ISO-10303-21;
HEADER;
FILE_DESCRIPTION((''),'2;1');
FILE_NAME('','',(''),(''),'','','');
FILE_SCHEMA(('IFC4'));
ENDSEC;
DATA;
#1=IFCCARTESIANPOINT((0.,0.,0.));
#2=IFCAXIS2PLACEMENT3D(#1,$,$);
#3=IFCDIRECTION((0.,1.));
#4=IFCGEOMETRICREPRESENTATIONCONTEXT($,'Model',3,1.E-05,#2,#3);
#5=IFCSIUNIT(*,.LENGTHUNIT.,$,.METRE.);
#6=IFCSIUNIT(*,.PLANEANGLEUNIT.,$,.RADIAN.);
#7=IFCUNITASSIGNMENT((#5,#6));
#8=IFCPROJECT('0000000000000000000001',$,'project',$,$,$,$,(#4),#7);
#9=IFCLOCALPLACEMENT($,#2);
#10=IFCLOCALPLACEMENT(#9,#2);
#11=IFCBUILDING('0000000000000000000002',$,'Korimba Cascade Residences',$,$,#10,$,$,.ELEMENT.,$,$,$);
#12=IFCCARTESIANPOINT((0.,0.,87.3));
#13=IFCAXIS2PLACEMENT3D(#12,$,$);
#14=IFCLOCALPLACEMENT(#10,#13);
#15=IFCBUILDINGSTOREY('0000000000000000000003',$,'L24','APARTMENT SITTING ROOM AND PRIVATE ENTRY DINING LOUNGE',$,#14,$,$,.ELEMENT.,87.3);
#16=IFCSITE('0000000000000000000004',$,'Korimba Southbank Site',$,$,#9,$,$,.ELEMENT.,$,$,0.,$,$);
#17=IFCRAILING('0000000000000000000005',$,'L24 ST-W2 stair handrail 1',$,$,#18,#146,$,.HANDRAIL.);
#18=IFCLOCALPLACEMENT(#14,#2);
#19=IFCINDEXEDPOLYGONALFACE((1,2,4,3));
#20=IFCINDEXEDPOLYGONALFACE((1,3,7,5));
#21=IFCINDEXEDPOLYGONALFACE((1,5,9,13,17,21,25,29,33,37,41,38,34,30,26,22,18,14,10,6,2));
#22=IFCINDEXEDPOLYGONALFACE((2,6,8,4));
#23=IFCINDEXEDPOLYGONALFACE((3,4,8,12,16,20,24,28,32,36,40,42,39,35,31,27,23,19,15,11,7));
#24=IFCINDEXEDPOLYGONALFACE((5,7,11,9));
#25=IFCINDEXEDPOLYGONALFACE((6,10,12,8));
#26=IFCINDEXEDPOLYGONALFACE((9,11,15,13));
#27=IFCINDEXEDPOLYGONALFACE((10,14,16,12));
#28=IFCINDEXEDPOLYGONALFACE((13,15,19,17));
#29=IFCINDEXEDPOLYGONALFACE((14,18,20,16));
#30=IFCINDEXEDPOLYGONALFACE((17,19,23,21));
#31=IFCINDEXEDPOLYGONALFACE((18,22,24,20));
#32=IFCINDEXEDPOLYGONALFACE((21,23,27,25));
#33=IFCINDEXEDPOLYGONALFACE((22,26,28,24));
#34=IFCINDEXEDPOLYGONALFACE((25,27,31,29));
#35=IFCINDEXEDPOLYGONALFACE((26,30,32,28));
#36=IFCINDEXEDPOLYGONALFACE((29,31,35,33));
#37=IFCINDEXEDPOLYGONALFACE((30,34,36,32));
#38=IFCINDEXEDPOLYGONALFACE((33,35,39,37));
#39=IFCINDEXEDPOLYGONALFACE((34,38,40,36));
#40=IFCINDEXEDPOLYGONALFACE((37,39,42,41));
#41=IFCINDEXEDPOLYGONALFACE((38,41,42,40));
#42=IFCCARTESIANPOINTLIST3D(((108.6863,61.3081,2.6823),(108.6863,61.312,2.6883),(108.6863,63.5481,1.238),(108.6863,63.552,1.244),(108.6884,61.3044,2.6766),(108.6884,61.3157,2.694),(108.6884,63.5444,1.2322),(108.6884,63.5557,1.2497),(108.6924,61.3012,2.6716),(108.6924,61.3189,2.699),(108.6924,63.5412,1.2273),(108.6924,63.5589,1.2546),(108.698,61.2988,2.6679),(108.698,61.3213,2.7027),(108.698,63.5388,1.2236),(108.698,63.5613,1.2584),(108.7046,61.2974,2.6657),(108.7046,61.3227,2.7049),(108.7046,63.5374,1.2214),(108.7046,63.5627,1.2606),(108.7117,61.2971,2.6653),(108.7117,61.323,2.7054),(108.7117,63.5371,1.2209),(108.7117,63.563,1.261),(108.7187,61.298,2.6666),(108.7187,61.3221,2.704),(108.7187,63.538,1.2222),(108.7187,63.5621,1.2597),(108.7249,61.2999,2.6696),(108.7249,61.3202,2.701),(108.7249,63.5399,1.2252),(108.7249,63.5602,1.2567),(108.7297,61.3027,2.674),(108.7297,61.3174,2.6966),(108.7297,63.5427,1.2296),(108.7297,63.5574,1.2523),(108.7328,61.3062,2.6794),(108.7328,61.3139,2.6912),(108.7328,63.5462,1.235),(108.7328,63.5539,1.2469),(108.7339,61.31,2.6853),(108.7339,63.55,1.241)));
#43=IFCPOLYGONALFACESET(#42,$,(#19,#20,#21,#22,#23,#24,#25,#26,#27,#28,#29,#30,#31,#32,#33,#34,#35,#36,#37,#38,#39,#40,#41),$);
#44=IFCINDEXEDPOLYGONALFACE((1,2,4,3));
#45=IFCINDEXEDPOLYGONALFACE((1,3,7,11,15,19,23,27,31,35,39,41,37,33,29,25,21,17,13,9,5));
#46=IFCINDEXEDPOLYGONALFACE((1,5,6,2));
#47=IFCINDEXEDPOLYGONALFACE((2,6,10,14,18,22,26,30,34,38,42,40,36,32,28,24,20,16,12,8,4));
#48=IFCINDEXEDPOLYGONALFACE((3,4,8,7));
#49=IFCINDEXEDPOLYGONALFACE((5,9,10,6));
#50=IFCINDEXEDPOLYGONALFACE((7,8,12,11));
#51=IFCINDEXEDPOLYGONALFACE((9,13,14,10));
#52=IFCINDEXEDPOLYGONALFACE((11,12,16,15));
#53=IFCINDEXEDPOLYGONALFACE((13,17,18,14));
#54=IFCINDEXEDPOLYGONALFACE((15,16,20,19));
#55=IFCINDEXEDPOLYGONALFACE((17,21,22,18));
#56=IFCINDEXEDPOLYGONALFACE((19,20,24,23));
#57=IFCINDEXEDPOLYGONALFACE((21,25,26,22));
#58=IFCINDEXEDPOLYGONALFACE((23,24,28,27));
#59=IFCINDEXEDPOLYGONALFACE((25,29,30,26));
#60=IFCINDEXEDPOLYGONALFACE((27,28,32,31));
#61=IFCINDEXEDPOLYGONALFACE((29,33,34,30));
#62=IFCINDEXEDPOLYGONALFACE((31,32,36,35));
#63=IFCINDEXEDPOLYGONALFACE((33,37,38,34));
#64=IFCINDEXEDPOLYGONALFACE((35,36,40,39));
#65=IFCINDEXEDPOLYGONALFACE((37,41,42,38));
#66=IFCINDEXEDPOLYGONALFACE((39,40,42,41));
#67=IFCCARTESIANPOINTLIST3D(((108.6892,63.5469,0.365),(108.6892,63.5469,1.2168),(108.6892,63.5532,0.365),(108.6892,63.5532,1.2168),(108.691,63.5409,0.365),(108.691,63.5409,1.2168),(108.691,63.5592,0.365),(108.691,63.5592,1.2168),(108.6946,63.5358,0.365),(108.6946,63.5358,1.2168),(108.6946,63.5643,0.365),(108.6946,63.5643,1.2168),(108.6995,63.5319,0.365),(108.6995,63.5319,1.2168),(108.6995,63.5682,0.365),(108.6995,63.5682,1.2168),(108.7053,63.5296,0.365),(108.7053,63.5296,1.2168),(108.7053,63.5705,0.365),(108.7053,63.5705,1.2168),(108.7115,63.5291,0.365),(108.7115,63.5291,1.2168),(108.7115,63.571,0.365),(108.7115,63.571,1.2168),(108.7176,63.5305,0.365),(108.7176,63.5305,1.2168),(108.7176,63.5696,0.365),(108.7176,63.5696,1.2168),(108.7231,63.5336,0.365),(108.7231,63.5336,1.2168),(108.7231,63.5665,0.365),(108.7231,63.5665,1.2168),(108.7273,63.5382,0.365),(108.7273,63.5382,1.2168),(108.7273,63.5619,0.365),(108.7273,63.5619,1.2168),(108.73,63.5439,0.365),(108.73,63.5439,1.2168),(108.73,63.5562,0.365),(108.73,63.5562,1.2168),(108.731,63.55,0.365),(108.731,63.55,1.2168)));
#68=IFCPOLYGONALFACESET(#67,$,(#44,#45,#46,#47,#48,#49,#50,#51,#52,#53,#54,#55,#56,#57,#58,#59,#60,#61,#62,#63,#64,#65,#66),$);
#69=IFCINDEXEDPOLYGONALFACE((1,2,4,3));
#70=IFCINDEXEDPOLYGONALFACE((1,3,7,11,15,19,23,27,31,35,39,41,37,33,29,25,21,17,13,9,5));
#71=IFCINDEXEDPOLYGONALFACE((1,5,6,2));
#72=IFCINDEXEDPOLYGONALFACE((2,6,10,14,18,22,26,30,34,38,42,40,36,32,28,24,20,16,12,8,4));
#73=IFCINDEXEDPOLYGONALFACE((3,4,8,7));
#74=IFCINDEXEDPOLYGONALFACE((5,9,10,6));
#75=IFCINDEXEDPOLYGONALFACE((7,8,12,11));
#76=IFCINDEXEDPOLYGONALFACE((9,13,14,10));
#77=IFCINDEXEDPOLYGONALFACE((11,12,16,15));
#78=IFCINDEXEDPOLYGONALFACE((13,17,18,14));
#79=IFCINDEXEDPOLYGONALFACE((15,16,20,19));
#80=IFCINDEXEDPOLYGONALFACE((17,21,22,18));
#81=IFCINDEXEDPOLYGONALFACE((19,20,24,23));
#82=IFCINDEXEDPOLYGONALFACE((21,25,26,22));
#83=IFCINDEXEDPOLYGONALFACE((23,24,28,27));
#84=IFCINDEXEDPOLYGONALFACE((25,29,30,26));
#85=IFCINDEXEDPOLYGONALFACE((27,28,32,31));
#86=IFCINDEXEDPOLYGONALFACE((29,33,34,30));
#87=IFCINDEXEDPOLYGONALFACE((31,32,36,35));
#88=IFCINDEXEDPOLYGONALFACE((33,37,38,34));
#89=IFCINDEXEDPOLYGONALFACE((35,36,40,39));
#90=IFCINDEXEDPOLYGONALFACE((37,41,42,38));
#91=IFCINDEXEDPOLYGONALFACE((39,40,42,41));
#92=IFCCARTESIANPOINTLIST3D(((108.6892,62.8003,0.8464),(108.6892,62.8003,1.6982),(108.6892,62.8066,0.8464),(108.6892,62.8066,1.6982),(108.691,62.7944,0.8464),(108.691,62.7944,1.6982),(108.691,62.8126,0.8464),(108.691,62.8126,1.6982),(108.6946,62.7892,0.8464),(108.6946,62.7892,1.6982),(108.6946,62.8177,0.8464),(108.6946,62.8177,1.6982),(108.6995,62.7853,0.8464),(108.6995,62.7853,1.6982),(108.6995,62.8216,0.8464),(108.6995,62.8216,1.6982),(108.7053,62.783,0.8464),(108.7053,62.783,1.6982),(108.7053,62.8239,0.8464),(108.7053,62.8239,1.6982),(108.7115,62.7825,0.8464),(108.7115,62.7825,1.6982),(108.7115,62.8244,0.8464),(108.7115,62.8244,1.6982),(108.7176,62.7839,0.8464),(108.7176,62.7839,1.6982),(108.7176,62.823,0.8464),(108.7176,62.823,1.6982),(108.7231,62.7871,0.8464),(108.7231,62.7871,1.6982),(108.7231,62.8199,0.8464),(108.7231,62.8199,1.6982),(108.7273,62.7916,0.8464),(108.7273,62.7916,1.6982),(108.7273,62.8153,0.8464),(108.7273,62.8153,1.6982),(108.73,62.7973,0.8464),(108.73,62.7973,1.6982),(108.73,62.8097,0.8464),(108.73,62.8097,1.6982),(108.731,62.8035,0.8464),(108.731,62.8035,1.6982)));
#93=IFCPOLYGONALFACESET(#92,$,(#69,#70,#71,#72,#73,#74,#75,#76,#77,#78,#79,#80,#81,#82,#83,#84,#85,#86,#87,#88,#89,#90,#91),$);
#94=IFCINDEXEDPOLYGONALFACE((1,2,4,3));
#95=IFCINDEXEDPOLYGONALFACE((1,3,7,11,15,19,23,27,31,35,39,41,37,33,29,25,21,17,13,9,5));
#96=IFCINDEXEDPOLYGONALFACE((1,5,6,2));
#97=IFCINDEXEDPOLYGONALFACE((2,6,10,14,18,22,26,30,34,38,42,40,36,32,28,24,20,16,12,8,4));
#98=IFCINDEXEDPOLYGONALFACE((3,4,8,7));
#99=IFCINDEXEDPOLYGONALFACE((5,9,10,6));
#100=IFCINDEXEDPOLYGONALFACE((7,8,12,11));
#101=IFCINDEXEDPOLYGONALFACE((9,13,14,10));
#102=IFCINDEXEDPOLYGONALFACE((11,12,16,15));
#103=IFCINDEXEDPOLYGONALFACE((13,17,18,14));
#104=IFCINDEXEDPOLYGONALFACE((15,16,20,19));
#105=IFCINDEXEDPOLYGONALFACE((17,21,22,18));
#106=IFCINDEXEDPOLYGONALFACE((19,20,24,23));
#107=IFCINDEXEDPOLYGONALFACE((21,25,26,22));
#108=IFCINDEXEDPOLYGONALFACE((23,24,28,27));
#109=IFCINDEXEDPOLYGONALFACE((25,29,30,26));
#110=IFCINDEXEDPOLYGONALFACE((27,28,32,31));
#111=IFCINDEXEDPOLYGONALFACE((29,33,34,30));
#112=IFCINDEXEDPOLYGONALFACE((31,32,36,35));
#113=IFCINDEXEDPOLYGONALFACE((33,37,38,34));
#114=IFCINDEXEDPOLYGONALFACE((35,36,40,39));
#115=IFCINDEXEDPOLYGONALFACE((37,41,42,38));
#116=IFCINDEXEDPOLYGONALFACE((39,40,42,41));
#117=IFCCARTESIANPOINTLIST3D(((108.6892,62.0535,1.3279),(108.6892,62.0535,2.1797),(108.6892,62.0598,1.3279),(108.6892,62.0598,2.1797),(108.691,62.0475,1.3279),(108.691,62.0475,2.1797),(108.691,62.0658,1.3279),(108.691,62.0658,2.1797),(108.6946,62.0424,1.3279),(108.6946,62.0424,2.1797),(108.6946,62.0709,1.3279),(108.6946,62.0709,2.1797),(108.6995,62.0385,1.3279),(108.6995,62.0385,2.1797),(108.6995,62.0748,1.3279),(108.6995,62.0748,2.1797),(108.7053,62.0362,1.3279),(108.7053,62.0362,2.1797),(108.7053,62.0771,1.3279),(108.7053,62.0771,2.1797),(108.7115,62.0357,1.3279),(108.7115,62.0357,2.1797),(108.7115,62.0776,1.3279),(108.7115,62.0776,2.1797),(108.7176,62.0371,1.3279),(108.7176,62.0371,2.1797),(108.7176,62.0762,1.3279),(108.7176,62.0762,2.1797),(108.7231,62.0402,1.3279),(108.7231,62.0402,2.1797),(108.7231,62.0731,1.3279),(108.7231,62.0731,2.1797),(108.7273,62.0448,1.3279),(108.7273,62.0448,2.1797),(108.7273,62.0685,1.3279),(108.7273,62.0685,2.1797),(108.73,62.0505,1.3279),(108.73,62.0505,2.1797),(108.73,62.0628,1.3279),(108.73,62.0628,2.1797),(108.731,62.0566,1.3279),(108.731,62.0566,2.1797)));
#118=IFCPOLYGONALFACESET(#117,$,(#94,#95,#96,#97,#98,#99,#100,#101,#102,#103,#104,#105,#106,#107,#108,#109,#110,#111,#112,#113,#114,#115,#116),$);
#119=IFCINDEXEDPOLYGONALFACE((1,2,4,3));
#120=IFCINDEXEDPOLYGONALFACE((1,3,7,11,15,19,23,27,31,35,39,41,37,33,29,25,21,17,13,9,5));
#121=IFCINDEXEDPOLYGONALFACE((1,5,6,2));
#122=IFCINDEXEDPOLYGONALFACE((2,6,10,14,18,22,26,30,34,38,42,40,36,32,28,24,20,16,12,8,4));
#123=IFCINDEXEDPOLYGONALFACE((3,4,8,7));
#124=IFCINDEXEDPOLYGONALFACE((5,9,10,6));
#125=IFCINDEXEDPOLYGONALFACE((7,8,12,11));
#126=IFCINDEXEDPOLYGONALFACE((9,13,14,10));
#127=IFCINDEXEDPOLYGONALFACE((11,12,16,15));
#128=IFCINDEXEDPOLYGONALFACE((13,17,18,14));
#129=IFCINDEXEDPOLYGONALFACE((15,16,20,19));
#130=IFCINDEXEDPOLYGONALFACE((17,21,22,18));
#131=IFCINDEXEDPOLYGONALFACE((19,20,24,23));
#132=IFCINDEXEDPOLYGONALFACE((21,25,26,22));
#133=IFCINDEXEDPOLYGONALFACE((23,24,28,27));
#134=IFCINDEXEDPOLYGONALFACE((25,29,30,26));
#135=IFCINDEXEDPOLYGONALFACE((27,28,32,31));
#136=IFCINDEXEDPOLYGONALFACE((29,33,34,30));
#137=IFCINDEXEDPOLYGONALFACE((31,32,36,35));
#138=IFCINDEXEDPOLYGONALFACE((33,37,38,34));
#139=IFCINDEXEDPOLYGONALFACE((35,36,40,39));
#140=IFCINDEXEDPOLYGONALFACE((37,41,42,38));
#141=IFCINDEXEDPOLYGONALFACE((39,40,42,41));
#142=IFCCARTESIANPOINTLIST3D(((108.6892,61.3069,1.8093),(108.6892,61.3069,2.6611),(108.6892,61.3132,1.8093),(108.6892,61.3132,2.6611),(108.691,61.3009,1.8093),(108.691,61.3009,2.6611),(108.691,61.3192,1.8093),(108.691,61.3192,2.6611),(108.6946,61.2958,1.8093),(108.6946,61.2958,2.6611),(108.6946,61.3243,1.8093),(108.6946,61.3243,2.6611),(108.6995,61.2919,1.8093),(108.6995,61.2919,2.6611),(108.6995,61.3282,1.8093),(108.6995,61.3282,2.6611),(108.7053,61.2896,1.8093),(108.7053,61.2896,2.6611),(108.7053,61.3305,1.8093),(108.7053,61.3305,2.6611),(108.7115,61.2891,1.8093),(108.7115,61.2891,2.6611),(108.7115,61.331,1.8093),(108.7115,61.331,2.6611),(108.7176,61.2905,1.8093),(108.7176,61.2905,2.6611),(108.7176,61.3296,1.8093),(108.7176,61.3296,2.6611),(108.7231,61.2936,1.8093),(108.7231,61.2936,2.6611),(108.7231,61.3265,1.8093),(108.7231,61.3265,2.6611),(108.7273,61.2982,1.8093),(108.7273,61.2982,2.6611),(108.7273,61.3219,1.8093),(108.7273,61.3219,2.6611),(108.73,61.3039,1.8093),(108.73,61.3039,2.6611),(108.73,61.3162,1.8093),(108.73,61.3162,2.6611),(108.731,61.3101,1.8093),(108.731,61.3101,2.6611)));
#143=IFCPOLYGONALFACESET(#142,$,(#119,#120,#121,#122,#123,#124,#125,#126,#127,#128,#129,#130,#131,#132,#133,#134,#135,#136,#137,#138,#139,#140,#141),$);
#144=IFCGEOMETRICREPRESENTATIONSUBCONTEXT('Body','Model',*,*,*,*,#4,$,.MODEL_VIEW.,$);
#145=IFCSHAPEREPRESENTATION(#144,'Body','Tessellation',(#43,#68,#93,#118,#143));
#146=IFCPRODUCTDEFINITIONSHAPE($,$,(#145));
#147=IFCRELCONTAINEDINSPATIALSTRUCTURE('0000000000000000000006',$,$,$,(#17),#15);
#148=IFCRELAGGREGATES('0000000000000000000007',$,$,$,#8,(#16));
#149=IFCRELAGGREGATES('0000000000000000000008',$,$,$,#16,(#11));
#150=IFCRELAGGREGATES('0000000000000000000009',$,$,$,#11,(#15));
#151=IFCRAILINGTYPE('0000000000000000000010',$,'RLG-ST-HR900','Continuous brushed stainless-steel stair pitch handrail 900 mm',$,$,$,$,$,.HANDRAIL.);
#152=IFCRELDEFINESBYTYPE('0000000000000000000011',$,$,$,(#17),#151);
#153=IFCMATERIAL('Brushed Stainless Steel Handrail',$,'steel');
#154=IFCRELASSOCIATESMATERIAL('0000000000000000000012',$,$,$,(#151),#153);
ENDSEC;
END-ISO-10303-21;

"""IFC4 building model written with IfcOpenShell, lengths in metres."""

from ifc_helpers import new_model, si_unit, direction, frame, origin, origin_2d, place, context, subcontext, project, spatial, circle, extrude, material, type_object, element, save


model = new_model("IFC4")

# Units and contexts
model_context = context("Model", 3, precision=1e-05, world=origin(), true_north=direction((0.0, 1.0)))
body_context = subcontext(model_context, "Body", "Model", "MODEL_VIEW")
ifc_project = project(units=[si_unit("LENGTHUNIT", "METRE"), si_unit("PLANEANGLEUNIT", "RADIAN")], contexts=[model_context])

# Site, building, storey
site_placement = place(None, origin())
site = spatial("IfcSite", under=ifc_project, at=site_placement, Name="Korimba Southbank Site", CompositionType="ELEMENT", RefElevation=0.0)
building_placement = place(site_placement, origin())
building = spatial("IfcBuilding", under=site, at=building_placement, Name="Korimba Cascade Residences", CompositionType="ELEMENT")
storey_placement = place(building_placement, frame((0.0, 0.0, 87.3)))
storey = spatial("IfcBuildingStorey", under=building, at=storey_placement, Name="L24", Description="APARTMENT SITTING ROOM AND PRIVATE ENTRY DINING LOUNGE", CompositionType="ELEMENT", Elevation=87.3)

# Railing
ifc_material_1 = material(Name="Brushed Stainless Steel Handrail", Category="steel")
railing_type_1 = type_object("IfcRailingType", Name="RLG-ST-HR900", Description="Continuous brushed stainless-steel stair pitch handrail 900 mm", PredefinedType="HANDRAIL", material=ifc_material_1)
railing_1_placement = place(storey_placement, frame((108.71, 63.55, 0.365)))
element("IfcRailing", 1, at=railing_1_placement, inside=storey, type_object=railing_type_1, Name="L24 ST-W2 stair handrail 1", PredefinedType="HANDRAIL", context=body_context, shape_type="SweptSolid", body=[
    extrude(circle(Radius=0.0239, at=origin_2d()), frame((0.0, 0.0, 0.876), z_axis=(0.0, -0.840437, 0.54191), x_axis=(1.0, 0.0, 0.0)), (0.0, 0.0, 1.0), 2.6653),
    extrude(circle(Radius=0.021, at=origin_2d()), origin(), (0.0, 0.0, 1.0), 0.8518),
    extrude(circle(Radius=0.021, at=origin_2d()), frame((0.0, -0.7466, 0.4814)), (0.0, 0.0, 1.0), 0.8518),
    extrude(circle(Radius=0.021, at=origin_2d()), frame((0.0, -1.4934, 0.9629)), (0.0, 0.0, 1.0), 0.8518),
    extrude(circle(Radius=0.021, at=origin_2d()), frame((0.0, -2.24, 1.4443)), (0.0, 0.0, 1.0), 0.8518),
])

save(model, "model.ifc")
